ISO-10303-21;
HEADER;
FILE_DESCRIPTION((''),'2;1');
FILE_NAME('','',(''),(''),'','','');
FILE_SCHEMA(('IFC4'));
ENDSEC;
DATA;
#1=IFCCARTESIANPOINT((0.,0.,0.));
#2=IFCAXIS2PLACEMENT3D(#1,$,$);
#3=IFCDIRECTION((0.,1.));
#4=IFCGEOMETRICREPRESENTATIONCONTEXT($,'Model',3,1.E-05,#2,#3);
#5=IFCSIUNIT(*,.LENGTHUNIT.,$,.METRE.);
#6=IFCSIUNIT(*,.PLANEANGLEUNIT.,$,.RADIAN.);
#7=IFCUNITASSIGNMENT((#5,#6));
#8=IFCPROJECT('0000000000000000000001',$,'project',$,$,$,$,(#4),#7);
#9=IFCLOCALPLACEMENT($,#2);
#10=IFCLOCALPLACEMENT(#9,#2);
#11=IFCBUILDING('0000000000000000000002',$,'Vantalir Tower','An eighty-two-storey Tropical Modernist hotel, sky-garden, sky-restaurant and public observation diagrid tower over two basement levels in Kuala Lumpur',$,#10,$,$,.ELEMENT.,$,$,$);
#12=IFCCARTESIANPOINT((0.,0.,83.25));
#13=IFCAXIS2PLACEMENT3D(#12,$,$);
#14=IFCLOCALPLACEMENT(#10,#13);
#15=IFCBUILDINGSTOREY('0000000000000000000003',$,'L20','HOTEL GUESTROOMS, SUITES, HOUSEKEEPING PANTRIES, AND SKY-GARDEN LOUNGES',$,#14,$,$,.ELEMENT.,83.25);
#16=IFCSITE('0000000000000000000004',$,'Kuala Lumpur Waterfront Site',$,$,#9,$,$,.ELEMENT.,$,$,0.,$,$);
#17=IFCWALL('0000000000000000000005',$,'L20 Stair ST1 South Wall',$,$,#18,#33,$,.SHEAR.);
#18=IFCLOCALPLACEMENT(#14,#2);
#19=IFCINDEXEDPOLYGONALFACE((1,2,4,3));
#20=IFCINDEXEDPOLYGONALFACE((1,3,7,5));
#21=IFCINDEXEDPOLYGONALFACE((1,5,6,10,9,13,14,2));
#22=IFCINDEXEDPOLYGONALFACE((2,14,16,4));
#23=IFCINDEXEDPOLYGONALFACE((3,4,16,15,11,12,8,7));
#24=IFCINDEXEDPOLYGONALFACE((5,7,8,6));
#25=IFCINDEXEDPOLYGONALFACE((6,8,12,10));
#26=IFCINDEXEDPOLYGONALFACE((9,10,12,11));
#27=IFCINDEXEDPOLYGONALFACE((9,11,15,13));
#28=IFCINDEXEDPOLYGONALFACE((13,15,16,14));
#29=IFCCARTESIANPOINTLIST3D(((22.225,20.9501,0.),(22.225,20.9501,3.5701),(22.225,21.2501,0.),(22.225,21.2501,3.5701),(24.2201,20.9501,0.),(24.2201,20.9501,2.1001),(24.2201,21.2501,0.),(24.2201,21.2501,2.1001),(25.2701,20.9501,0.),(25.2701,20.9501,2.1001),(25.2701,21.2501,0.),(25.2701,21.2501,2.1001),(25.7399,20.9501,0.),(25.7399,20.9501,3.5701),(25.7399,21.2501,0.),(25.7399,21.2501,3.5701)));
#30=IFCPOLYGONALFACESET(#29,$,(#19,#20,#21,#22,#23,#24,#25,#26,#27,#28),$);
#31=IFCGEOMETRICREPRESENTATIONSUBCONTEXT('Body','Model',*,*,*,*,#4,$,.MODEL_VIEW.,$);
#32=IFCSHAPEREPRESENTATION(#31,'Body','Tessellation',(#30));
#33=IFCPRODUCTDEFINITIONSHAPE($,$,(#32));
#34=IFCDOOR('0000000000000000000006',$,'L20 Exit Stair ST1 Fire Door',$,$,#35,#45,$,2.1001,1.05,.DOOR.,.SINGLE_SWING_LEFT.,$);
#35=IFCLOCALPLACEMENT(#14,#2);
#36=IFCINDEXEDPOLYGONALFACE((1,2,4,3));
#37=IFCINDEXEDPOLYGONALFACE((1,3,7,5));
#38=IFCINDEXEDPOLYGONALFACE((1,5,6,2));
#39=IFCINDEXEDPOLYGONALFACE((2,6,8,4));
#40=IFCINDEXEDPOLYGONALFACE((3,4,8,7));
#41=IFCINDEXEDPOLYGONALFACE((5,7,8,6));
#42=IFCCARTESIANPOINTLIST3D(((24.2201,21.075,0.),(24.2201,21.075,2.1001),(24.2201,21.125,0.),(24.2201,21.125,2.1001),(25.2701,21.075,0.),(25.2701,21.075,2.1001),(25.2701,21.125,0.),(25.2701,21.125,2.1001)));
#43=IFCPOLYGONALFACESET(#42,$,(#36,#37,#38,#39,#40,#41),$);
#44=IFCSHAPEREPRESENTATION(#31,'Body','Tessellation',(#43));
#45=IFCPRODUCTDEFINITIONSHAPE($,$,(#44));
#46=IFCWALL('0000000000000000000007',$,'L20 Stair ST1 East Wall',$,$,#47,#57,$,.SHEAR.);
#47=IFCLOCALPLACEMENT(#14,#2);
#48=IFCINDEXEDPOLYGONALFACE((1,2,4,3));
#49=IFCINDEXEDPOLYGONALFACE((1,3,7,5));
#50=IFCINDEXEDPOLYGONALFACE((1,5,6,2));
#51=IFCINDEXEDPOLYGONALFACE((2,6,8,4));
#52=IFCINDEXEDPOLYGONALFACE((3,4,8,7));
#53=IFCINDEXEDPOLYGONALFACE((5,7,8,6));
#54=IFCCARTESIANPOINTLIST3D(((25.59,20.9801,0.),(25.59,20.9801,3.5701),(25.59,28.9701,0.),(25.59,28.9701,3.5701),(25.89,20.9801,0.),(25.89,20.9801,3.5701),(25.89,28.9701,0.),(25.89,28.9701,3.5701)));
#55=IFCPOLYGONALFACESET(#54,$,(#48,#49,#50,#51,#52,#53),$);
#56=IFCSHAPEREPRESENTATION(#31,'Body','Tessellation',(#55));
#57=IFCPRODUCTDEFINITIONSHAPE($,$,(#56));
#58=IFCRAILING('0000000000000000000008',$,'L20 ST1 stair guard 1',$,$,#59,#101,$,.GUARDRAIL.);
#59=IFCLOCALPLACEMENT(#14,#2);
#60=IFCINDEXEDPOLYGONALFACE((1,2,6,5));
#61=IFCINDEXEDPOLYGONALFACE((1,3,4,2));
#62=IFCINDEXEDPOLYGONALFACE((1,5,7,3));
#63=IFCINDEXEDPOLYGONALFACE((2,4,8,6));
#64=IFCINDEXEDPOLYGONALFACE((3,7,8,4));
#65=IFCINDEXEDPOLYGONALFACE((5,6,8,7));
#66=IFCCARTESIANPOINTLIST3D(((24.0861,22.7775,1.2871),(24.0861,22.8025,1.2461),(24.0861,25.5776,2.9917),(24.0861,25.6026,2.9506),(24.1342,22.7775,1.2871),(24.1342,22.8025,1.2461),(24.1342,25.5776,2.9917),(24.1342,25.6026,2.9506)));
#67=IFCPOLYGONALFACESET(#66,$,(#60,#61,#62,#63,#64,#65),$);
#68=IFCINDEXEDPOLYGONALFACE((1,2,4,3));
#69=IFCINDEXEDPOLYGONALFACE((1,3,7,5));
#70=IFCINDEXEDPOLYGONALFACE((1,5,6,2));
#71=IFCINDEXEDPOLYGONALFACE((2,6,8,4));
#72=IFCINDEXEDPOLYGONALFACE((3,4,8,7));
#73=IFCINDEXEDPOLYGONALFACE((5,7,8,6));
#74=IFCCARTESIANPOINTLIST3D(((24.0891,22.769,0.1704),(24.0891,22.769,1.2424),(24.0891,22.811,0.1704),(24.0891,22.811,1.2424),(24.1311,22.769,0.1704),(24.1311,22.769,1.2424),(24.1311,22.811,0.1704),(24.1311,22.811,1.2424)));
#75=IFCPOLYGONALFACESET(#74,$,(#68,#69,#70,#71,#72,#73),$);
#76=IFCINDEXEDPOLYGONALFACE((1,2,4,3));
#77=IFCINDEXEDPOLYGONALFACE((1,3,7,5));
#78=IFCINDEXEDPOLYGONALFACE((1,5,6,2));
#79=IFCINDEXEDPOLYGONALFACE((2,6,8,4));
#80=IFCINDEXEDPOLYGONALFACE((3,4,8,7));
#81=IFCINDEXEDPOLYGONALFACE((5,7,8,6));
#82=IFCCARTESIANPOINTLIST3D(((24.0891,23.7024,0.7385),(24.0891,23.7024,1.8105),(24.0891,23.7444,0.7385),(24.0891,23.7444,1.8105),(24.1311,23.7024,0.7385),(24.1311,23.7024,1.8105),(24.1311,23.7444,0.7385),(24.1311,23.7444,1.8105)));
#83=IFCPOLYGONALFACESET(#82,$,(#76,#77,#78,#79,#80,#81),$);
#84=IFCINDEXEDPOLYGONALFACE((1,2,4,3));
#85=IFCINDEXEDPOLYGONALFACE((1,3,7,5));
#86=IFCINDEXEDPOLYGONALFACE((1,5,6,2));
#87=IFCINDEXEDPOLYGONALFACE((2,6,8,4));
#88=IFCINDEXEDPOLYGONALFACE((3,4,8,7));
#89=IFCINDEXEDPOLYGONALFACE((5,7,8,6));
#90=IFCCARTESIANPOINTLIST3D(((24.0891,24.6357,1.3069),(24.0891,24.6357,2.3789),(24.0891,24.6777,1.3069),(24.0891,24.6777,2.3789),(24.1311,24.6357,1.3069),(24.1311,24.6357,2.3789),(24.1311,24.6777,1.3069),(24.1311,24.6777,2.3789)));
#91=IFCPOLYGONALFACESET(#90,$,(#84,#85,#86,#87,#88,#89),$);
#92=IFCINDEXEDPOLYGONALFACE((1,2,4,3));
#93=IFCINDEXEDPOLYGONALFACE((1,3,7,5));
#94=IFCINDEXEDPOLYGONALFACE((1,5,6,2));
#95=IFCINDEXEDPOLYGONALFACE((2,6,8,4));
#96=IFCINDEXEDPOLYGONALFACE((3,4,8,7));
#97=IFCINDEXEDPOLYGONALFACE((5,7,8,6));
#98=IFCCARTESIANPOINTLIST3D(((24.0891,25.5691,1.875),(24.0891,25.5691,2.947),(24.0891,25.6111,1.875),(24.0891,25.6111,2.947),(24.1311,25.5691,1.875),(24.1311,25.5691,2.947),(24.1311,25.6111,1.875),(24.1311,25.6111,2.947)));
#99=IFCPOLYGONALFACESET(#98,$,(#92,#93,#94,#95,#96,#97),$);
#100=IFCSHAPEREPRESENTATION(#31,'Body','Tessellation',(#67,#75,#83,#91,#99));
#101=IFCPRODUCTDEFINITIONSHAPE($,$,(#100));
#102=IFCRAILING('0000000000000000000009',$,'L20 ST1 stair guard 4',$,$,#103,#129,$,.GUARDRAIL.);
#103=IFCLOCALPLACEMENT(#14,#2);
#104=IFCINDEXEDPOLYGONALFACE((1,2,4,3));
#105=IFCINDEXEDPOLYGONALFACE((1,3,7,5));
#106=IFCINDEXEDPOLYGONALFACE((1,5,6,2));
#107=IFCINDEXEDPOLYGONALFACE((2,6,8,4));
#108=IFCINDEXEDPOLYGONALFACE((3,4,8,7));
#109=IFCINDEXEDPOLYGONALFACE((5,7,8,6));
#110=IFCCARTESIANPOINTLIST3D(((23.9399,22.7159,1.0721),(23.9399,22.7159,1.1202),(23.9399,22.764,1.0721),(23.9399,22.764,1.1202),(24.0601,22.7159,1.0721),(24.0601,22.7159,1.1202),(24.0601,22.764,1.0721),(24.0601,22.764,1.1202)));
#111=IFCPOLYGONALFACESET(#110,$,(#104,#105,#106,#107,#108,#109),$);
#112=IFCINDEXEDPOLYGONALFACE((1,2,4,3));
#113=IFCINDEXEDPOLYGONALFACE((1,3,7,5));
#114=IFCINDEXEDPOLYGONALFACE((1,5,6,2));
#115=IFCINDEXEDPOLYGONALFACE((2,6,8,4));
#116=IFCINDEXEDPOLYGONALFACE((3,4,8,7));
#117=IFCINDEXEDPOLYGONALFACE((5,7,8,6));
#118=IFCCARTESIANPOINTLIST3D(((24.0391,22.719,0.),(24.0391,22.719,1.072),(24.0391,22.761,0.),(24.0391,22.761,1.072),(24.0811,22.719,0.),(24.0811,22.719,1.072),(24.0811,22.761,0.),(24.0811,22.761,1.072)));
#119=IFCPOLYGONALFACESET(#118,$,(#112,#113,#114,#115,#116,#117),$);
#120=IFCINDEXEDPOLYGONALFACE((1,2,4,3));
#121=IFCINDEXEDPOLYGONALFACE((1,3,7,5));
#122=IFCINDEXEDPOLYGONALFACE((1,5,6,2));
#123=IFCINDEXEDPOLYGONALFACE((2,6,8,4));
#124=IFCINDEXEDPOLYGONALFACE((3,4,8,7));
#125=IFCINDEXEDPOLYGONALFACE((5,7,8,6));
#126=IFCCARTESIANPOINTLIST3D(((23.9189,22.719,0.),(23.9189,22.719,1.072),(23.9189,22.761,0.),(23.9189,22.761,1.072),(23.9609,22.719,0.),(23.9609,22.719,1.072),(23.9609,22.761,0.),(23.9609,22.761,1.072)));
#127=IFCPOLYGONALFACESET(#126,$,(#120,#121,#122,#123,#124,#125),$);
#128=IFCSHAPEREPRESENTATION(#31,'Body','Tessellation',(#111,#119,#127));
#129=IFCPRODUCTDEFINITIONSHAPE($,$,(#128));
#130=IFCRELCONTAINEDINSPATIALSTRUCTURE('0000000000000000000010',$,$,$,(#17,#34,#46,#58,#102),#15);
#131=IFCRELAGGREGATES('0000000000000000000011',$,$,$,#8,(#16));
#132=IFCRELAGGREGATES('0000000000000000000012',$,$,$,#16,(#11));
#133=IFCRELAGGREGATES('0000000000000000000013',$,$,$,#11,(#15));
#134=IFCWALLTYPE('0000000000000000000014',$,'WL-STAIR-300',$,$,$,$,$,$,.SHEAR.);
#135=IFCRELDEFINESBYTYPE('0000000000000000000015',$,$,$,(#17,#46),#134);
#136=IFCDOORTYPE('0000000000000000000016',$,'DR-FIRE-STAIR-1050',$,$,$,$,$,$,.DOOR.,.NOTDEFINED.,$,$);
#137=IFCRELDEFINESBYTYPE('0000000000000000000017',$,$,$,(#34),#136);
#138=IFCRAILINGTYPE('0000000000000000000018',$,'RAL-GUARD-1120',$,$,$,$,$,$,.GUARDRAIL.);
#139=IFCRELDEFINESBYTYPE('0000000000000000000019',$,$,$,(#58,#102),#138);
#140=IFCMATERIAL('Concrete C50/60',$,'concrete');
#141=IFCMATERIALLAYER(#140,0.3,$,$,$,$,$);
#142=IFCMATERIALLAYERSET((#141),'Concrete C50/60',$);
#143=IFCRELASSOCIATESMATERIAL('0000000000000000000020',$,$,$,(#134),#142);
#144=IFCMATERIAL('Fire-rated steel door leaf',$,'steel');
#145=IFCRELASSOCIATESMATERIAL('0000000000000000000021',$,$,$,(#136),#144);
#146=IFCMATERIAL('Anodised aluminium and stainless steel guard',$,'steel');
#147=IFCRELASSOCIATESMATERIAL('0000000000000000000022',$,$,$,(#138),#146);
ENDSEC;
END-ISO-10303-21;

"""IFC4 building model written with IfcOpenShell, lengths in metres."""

from ifc_helpers import new_model, si_unit, direction, frame, frame_2d, origin, origin_2d, place, context, subcontext, project, spatial, rectangle, extrude, material, layer, layer_set, type_object, element, fill, save


model = new_model("IFC4")

# Units and contexts
model_context = context("Model", 3, precision=1e-05, world=origin(), true_north=direction((0.0, 1.0)))
body_context = subcontext(model_context, "Body", "Model", "MODEL_VIEW")
ifc_project = project(units=[si_unit("LENGTHUNIT", "METRE"), si_unit("PLANEANGLEUNIT", "RADIAN")], contexts=[model_context])

# Site, building, storey
site_placement = place(None, origin())
site = spatial("IfcSite", under=ifc_project, at=site_placement, Name="Kuala Lumpur Waterfront Site", CompositionType="ELEMENT", RefElevation=0.0)
building_placement = place(site_placement, origin())
building = spatial("IfcBuilding", under=site, at=building_placement, Name="Vantalir Tower", Description="An eighty-two-storey Tropical Modernist hotel, sky-garden, sky-restaurant and public observation diagrid tower over two basement levels in Kuala Lumpur", CompositionType="ELEMENT")
storey_placement = place(building_placement, frame((0.0, 0.0, 83.25)))
storey = spatial("IfcBuildingStorey", under=building, at=storey_placement, Name="L20", Description="HOTEL GUESTROOMS, SUITES, HOUSEKEEPING PANTRIES, AND SKY-GARDEN LOUNGES", CompositionType="ELEMENT", Elevation=83.25)

# Wall, opening, door
ifc_material_1 = material(Name="Concrete C50/60", Category="concrete")
ifc_layer_1 = layer(ifc_material_1, 0.3)
ifc_layer_set_1 = layer_set([ifc_layer_1], Name="Concrete C50/60")
wall_type_1 = type_object("IfcWallType", Name="WL-STAIR-300", PredefinedType="SHEAR", material=ifc_layer_set_1)
wall_1_placement = place(storey_placement, frame((22.2251, 21.1001, 0.0), z_axis=(0.0, 0.0, 1.0), x_axis=(1.0, 0.0, 0.0)))
wall_1 = element("IfcWall", 1, at=wall_1_placement, inside=storey, type_object=wall_type_1, Name="L20 Stair ST1 South Wall", PredefinedType="SHEAR", context=body_context, shape_type="SweptSolid", body=[
    extrude(rectangle(XDim=3.5149, YDim=0.3, at=frame_2d((1.7573, 0.0))), origin(), (0.0, 0.0, 1.0), 3.5701),
])
opening_1_placement = place(wall_1_placement, frame((1.9951, 0.0, 0.0)))
opening_1 = element("IfcOpeningElement", 2, at=opening_1_placement, cuts=wall_1, PredefinedType="OPENING", context=body_context, shape_type="SweptSolid", body=[
    extrude(rectangle(XDim=1.05, YDim=2.1001, at=frame_2d((0.5249, 1.05))), frame((0.0, 0.1599, 0.0), z_axis=(0.0, -1.0, 0.0), x_axis=(1.0, 0.0, 0.0)), (0.0, 0.0, 1.0), 0.3201),
])
ifc_material_2 = material(Name="Fire-rated steel door leaf", Category="steel")
door_type_1 = type_object("IfcDoorType", Name="DR-FIRE-STAIR-1050", OperationType="NOTDEFINED", PredefinedType="DOOR", material=ifc_material_2)
door_1_placement = place(opening_1_placement, origin())
door_1 = element("IfcDoor", 3, at=door_1_placement, inside=storey, type_object=door_type_1, Name="L20 Exit Stair ST1 Fire Door", OperationType="SINGLE_SWING_LEFT", OverallHeight=2.1001, OverallWidth=1.05, PredefinedType="DOOR", context=body_context, shape_type="SweptSolid", body=[
    extrude(rectangle(XDim=1.05, YDim=2.1001, at=frame_2d((0.5249, 1.05))), frame((0.0, 0.0249, 0.0), z_axis=(0.0, -1.0, 0.0), x_axis=(1.0, 0.0, 0.0)), (0.0, 0.0, 1.0), 0.05),
])
fill(opening_1, door_1)

# Wall
wall_2_placement = place(storey_placement, frame((25.74, 20.98, 0.0), z_axis=(0.0, 0.0, 1.0), x_axis=(0.0, 1.0, 0.0)))
element("IfcWall", 4, at=wall_2_placement, inside=storey, type_object=wall_type_1, Name="L20 Stair ST1 East Wall", PredefinedType="SHEAR", context=body_context, shape_type="SweptSolid", body=[
    extrude(rectangle(XDim=7.99, YDim=0.3, at=frame_2d((3.9951, 0.0))), origin(), (0.0, 0.0, 1.0), 3.5701),
])

# Railings
ifc_material_3 = material(Name="Anodised aluminium and stainless steel guard", Category="steel")
railing_type = type_object("IfcRailingType", Name="RAL-GUARD-1120", PredefinedType="GUARDRAIL", material=ifc_material_3)
railing_1_placement = place(storey_placement, frame((24.1101, 22.79, 0.1704)))
element("IfcRailing", 5, at=railing_1_placement, inside=storey, type_object=railing_type, Name="L20 ST1 stair guard 1", PredefinedType="GUARDRAIL", context=body_context, shape_type="SweptSolid", body=[
    extrude(rectangle(XDim=0.0481, YDim=0.0481, at=origin_2d()), frame((0.0, 0.0, 1.0962), z_axis=(0.0, 0.85417, 0.519994), x_axis=(-1.0, 0.0, 0.0)), (0.0, 0.0, 1.0), 3.2781),
    extrude(rectangle(XDim=0.042, YDim=0.042, at=origin_2d()), origin(), (0.0, 0.0, 1.0), 1.072),
    extrude(rectangle(XDim=0.042, YDim=0.042, at=origin_2d()), frame((0.0, 0.9333, 0.5681)), (0.0, 0.0, 1.0), 1.072),
    extrude(rectangle(XDim=0.042, YDim=0.042, at=origin_2d()), frame((0.0, 1.8667, 1.1365)), (0.0, 0.0, 1.0), 1.072),
    extrude(rectangle(XDim=0.042, YDim=0.042, at=origin_2d()), frame((0.0, 2.8, 1.7046)), (0.0, 0.0, 1.0), 1.072),
])
railing_2_placement = place(storey_placement, frame((24.0601, 22.74, 0.0)))
element("IfcRailing", 6, at=railing_2_placement, inside=storey, type_object=railing_type, Name="L20 ST1 stair guard 4", PredefinedType="GUARDRAIL", context=body_context, shape_type="SweptSolid", body=[
    extrude(rectangle(XDim=0.0481, YDim=0.0481, at=origin_2d()), frame((0.0, 0.0, 1.0962), z_axis=(-1.0, 0.0, 0.0), x_axis=(0.0, -1.0, 0.0)), (0.0, 0.0, 1.0), 0.1201),
    extrude(rectangle(XDim=0.042, YDim=0.042, at=origin_2d()), origin(), (0.0, 0.0, 1.0), 1.072),
    extrude(rectangle(XDim=0.042, YDim=0.042, at=origin_2d()), frame((-0.1201, 0.0, 0.0)), (0.0, 0.0, 1.0), 1.072),
])

save(model, "model.ifc")
